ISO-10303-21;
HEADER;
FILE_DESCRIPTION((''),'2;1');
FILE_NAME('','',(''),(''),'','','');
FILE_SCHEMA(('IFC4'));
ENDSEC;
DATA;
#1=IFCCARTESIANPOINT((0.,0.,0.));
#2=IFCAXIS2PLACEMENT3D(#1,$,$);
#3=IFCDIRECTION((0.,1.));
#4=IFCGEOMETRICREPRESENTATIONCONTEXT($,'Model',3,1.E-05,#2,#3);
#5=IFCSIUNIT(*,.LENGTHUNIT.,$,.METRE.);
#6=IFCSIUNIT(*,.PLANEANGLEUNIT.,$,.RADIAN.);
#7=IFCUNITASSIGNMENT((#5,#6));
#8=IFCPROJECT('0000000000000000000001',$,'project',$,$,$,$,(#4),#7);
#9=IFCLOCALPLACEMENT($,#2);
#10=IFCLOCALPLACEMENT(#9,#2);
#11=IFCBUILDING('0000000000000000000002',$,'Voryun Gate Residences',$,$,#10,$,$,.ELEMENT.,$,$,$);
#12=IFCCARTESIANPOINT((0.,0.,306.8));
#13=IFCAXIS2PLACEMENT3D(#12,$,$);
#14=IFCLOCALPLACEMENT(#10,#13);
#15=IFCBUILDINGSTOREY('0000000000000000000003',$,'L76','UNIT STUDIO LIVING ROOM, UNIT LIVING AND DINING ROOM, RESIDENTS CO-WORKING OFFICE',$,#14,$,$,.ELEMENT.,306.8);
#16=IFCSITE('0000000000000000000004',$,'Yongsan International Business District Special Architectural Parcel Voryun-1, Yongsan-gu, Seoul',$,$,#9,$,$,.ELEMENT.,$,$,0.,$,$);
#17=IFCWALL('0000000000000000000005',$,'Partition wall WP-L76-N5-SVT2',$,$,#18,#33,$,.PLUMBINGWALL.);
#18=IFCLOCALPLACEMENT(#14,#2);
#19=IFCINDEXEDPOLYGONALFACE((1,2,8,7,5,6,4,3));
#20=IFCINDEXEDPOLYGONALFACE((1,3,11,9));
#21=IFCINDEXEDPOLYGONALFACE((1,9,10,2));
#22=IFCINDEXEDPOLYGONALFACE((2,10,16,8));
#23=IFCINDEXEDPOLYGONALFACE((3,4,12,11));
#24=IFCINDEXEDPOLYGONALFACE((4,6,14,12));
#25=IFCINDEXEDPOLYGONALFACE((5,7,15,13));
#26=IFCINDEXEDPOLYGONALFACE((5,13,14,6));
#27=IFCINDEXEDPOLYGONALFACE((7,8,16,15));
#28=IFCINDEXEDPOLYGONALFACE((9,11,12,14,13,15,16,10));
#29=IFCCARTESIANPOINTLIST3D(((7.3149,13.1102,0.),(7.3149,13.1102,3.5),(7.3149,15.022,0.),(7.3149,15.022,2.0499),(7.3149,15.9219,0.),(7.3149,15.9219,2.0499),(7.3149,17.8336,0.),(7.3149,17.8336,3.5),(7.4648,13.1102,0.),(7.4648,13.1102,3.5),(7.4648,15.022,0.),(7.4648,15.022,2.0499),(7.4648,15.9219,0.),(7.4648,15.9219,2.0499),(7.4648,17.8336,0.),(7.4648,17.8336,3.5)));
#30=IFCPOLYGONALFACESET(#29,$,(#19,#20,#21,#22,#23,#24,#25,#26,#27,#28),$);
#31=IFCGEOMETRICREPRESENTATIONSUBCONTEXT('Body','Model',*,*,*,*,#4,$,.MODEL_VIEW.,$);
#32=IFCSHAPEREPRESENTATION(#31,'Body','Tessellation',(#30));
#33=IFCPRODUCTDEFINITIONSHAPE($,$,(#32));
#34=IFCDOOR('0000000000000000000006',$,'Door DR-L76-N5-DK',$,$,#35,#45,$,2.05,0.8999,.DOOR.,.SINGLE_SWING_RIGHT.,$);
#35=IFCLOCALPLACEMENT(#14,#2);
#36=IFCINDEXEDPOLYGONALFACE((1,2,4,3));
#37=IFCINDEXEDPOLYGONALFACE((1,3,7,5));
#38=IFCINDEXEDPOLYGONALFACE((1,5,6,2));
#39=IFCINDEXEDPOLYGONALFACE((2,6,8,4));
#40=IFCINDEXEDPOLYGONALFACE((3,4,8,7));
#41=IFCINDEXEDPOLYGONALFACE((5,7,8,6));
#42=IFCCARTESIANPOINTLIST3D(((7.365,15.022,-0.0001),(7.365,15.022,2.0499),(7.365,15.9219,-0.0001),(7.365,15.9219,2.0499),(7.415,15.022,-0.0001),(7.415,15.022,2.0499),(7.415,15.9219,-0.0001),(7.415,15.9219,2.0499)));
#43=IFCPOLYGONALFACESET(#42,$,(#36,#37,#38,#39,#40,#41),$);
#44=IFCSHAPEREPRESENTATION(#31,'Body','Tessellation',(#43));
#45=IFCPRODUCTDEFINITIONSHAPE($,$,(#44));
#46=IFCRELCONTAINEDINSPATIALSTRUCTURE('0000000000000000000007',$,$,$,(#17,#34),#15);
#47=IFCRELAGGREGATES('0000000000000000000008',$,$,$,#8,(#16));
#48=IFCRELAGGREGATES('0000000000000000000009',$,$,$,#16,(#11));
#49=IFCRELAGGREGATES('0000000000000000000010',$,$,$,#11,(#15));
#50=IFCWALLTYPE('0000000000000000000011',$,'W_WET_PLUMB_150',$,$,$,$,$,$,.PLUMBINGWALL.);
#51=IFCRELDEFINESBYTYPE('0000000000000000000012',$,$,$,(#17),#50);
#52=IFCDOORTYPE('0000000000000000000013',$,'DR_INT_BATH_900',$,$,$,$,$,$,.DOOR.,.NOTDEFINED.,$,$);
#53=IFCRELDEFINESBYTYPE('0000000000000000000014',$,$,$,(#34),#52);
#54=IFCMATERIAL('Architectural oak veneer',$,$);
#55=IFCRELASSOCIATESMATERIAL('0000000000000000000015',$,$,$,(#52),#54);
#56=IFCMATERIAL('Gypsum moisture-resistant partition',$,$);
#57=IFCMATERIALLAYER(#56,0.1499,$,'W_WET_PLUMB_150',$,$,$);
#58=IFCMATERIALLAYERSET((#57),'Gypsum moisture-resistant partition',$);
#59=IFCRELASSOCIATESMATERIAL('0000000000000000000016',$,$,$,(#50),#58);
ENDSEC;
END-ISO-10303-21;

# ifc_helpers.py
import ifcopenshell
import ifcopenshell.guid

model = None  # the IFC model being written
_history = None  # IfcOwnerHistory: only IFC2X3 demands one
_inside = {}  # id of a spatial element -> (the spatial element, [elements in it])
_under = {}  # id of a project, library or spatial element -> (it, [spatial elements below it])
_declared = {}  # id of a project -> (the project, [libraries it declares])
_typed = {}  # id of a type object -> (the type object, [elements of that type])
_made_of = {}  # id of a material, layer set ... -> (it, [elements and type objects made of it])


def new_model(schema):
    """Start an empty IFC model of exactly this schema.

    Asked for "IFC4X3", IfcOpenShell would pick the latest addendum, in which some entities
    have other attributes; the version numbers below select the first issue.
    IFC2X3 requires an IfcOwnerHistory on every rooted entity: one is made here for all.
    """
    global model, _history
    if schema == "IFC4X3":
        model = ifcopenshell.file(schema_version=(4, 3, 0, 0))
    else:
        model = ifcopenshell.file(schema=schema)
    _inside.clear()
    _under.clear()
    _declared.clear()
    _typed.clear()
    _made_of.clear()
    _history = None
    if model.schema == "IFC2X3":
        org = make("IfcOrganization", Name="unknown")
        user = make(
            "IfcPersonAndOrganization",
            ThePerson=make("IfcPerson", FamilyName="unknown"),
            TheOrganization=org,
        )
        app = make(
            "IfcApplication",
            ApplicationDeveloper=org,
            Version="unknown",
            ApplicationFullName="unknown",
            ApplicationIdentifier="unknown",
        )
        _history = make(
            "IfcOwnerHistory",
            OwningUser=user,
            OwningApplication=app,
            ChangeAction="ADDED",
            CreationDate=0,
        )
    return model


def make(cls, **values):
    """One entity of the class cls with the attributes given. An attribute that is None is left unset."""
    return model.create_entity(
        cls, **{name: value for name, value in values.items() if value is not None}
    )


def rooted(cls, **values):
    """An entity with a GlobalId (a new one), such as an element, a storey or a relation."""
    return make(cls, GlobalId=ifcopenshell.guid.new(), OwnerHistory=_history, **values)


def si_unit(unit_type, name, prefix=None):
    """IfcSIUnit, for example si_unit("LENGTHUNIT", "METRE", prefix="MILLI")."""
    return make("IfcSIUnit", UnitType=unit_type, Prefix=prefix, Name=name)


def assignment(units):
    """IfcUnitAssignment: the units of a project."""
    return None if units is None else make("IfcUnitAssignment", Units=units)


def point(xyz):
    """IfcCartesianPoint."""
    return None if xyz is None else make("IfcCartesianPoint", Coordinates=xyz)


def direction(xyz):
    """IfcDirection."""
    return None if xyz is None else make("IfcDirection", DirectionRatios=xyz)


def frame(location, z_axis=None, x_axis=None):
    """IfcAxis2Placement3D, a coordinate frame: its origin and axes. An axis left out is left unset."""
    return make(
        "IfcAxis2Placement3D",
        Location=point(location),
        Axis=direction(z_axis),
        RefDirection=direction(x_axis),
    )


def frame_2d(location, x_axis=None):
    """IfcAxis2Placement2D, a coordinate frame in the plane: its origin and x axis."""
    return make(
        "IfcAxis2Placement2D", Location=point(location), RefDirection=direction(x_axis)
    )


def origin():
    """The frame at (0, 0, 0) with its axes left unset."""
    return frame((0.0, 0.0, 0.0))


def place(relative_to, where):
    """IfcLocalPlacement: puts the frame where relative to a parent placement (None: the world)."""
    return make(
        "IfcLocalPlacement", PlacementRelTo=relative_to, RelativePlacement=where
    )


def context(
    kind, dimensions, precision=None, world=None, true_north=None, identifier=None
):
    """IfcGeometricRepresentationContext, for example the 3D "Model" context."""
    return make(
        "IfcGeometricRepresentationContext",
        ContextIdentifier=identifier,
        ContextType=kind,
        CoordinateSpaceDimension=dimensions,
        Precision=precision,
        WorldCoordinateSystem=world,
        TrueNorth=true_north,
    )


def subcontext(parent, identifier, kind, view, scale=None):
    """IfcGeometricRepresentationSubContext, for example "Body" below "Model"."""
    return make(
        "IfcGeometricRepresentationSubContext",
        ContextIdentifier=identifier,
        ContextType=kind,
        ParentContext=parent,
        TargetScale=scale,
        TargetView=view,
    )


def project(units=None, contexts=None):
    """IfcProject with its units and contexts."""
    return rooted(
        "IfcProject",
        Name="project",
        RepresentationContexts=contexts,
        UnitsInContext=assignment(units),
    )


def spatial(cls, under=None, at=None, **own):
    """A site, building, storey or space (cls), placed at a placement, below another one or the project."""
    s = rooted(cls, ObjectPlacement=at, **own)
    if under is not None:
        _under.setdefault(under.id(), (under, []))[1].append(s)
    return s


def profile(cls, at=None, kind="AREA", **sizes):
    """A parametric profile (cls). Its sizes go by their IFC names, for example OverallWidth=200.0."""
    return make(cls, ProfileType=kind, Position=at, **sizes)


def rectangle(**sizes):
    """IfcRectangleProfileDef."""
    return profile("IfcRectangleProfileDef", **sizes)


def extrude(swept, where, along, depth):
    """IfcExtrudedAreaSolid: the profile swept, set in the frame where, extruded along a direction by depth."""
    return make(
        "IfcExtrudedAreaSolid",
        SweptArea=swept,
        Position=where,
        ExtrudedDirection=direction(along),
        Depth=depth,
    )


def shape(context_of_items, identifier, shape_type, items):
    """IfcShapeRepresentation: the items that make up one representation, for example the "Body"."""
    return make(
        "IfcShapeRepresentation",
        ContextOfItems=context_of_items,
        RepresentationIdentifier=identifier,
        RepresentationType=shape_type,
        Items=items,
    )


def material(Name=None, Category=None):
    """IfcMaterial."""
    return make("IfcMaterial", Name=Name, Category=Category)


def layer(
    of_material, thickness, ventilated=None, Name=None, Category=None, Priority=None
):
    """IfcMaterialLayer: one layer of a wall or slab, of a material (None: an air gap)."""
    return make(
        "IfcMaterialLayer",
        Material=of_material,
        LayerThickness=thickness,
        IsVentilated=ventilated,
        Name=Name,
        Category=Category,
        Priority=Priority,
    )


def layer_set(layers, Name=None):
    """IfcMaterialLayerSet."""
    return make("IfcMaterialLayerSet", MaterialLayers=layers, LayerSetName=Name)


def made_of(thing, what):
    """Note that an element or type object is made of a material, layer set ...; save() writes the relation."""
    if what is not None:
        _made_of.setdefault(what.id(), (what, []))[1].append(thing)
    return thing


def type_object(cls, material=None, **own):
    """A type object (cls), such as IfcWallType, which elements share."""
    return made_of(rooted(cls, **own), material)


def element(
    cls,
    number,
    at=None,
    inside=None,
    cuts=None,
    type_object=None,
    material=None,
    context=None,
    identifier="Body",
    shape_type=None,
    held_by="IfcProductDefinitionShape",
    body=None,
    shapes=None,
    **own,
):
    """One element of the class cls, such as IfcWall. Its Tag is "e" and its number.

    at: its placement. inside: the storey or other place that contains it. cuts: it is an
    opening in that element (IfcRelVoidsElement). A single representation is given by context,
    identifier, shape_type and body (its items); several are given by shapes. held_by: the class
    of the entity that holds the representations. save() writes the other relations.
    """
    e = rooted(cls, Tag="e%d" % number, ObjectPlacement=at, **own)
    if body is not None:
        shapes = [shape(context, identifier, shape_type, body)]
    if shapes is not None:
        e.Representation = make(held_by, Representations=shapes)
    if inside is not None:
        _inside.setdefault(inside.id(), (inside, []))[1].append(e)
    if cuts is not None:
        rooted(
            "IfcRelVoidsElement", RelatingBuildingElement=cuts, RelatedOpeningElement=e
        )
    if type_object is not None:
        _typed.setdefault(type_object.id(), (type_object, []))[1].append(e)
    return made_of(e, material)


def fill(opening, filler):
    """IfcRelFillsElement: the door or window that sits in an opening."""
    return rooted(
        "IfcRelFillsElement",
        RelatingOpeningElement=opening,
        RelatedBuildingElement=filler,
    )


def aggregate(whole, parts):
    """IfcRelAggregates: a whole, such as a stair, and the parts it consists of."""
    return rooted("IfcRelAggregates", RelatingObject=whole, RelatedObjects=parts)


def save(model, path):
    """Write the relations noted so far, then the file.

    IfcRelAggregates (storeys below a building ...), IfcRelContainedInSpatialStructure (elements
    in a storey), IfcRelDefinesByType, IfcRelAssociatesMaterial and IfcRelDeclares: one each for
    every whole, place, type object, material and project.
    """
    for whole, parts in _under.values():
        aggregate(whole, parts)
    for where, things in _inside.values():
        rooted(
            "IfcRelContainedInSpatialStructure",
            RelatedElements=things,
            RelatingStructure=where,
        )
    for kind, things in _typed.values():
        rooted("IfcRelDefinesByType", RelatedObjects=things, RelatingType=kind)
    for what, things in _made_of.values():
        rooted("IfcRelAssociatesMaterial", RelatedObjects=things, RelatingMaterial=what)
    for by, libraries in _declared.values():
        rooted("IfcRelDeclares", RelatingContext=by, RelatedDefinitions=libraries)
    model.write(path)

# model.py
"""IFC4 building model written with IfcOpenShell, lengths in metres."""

from ifc_helpers import new_model, si_unit, direction, frame, frame_2d, origin, place, context, subcontext, project, spatial, rectangle, extrude, material, layer, layer_set, type_object, element, fill, save


model = new_model("IFC4")

# Units and contexts
model_context = context("Model", 3, precision=1e-05, world=origin(), true_north=direction((0.0, 1.0)))
body_context = subcontext(model_context, "Body", "Model", "MODEL_VIEW")
ifc_project = project(units=[si_unit("LENGTHUNIT", "METRE"), si_unit("PLANEANGLEUNIT", "RADIAN")], contexts=[model_context])

# Site, building, storey
site_placement = place(None, origin())
site = spatial("IfcSite", under=ifc_project, at=site_placement, Name="Yongsan International Business District Special Architectural Parcel Voryun-1, Yongsan-gu, Seoul", CompositionType="ELEMENT", RefElevation=0.0)
building_placement = place(site_placement, origin())
building = spatial("IfcBuilding", under=site, at=building_placement, Name="Voryun Gate Residences", CompositionType="ELEMENT")
storey_placement = place(building_placement, frame((0.0, 0.0, 306.8)))
storey = spatial("IfcBuildingStorey", under=building, at=storey_placement, Name="L76", Description="UNIT STUDIO LIVING ROOM, UNIT LIVING AND DINING ROOM, RESIDENTS CO-WORKING OFFICE", CompositionType="ELEMENT", Elevation=306.8)

# Shared definitions
ifc_material_1 = material(Name="Architectural oak veneer")
door_type_1 = type_object("IfcDoorType", Name="DR_INT_BATH_900", OperationType="NOTDEFINED", PredefinedType="DOOR", material=ifc_material_1)

# Shared definitions
ifc_material_2 = material(Name="Gypsum moisture-resistant partition")
ifc_layer_1 = layer(ifc_material_2, 0.1499, Name="W_WET_PLUMB_150")
ifc_layer_set_1 = layer_set([ifc_layer_1], Name="Gypsum moisture-resistant partition")
wall_type_1 = type_object("IfcWallType", Name="W_WET_PLUMB_150", PredefinedType="PLUMBINGWALL", material=ifc_layer_set_1)

# Wall, opening, door
wall_1_placement = place(storey_placement, frame((7.3899, 13.1101, 0.0), z_axis=(0.0, 0.0, 1.0), x_axis=(0.0, 1.0, 0.0)))
wall_1 = element("IfcWall", 1, at=wall_1_placement, inside=storey, type_object=wall_type_1, Name="Partition wall WP-L76-N5-SVT2", PredefinedType="PLUMBINGWALL", context=body_context, shape_type="SweptSolid", body=[
    extrude(rectangle(XDim=4.7234, YDim=0.1499, at=frame_2d((2.3618, 0.0))), origin(), (0.0, 0.0, 1.0), 3.5),
])
opening_1_placement = place(wall_1_placement, frame((1.9119, 0.0, 0.0)))
opening_1 = element("IfcOpeningElement", 2, at=opening_1_placement, cuts=wall_1, PredefinedType="OPENING", context=body_context, shape_type="SweptSolid", body=[
    extrude(rectangle(XDim=0.8999, YDim=2.05, at=frame_2d((0.45, 1.0249))), frame((0.0, 0.085, 0.0), z_axis=(0.0, -1.0, 0.0), x_axis=(1.0, 0.0, 0.0)), (0.0, 0.0, 1.0), 0.1699),
])
door_1_placement = place(opening_1_placement, origin())
door_1 = element("IfcDoor", 3, at=door_1_placement, inside=storey, type_object=door_type_1, Name="Door DR-L76-N5-DK", OperationType="SINGLE_SWING_RIGHT", OverallHeight=2.05, OverallWidth=0.8999, PredefinedType="DOOR", context=body_context, shape_type="SweptSolid", body=[
    extrude(rectangle(XDim=0.8999, YDim=2.05, at=frame_2d((0.45, 1.0249))), frame((0.0, 0.0249, 0.0), z_axis=(0.0, -1.0, 0.0), x_axis=(1.0, 0.0, 0.0)), (0.0, 0.0, 1.0), 0.05),
])
fill(opening_1, door_1)

save(model, "model.ifc")
